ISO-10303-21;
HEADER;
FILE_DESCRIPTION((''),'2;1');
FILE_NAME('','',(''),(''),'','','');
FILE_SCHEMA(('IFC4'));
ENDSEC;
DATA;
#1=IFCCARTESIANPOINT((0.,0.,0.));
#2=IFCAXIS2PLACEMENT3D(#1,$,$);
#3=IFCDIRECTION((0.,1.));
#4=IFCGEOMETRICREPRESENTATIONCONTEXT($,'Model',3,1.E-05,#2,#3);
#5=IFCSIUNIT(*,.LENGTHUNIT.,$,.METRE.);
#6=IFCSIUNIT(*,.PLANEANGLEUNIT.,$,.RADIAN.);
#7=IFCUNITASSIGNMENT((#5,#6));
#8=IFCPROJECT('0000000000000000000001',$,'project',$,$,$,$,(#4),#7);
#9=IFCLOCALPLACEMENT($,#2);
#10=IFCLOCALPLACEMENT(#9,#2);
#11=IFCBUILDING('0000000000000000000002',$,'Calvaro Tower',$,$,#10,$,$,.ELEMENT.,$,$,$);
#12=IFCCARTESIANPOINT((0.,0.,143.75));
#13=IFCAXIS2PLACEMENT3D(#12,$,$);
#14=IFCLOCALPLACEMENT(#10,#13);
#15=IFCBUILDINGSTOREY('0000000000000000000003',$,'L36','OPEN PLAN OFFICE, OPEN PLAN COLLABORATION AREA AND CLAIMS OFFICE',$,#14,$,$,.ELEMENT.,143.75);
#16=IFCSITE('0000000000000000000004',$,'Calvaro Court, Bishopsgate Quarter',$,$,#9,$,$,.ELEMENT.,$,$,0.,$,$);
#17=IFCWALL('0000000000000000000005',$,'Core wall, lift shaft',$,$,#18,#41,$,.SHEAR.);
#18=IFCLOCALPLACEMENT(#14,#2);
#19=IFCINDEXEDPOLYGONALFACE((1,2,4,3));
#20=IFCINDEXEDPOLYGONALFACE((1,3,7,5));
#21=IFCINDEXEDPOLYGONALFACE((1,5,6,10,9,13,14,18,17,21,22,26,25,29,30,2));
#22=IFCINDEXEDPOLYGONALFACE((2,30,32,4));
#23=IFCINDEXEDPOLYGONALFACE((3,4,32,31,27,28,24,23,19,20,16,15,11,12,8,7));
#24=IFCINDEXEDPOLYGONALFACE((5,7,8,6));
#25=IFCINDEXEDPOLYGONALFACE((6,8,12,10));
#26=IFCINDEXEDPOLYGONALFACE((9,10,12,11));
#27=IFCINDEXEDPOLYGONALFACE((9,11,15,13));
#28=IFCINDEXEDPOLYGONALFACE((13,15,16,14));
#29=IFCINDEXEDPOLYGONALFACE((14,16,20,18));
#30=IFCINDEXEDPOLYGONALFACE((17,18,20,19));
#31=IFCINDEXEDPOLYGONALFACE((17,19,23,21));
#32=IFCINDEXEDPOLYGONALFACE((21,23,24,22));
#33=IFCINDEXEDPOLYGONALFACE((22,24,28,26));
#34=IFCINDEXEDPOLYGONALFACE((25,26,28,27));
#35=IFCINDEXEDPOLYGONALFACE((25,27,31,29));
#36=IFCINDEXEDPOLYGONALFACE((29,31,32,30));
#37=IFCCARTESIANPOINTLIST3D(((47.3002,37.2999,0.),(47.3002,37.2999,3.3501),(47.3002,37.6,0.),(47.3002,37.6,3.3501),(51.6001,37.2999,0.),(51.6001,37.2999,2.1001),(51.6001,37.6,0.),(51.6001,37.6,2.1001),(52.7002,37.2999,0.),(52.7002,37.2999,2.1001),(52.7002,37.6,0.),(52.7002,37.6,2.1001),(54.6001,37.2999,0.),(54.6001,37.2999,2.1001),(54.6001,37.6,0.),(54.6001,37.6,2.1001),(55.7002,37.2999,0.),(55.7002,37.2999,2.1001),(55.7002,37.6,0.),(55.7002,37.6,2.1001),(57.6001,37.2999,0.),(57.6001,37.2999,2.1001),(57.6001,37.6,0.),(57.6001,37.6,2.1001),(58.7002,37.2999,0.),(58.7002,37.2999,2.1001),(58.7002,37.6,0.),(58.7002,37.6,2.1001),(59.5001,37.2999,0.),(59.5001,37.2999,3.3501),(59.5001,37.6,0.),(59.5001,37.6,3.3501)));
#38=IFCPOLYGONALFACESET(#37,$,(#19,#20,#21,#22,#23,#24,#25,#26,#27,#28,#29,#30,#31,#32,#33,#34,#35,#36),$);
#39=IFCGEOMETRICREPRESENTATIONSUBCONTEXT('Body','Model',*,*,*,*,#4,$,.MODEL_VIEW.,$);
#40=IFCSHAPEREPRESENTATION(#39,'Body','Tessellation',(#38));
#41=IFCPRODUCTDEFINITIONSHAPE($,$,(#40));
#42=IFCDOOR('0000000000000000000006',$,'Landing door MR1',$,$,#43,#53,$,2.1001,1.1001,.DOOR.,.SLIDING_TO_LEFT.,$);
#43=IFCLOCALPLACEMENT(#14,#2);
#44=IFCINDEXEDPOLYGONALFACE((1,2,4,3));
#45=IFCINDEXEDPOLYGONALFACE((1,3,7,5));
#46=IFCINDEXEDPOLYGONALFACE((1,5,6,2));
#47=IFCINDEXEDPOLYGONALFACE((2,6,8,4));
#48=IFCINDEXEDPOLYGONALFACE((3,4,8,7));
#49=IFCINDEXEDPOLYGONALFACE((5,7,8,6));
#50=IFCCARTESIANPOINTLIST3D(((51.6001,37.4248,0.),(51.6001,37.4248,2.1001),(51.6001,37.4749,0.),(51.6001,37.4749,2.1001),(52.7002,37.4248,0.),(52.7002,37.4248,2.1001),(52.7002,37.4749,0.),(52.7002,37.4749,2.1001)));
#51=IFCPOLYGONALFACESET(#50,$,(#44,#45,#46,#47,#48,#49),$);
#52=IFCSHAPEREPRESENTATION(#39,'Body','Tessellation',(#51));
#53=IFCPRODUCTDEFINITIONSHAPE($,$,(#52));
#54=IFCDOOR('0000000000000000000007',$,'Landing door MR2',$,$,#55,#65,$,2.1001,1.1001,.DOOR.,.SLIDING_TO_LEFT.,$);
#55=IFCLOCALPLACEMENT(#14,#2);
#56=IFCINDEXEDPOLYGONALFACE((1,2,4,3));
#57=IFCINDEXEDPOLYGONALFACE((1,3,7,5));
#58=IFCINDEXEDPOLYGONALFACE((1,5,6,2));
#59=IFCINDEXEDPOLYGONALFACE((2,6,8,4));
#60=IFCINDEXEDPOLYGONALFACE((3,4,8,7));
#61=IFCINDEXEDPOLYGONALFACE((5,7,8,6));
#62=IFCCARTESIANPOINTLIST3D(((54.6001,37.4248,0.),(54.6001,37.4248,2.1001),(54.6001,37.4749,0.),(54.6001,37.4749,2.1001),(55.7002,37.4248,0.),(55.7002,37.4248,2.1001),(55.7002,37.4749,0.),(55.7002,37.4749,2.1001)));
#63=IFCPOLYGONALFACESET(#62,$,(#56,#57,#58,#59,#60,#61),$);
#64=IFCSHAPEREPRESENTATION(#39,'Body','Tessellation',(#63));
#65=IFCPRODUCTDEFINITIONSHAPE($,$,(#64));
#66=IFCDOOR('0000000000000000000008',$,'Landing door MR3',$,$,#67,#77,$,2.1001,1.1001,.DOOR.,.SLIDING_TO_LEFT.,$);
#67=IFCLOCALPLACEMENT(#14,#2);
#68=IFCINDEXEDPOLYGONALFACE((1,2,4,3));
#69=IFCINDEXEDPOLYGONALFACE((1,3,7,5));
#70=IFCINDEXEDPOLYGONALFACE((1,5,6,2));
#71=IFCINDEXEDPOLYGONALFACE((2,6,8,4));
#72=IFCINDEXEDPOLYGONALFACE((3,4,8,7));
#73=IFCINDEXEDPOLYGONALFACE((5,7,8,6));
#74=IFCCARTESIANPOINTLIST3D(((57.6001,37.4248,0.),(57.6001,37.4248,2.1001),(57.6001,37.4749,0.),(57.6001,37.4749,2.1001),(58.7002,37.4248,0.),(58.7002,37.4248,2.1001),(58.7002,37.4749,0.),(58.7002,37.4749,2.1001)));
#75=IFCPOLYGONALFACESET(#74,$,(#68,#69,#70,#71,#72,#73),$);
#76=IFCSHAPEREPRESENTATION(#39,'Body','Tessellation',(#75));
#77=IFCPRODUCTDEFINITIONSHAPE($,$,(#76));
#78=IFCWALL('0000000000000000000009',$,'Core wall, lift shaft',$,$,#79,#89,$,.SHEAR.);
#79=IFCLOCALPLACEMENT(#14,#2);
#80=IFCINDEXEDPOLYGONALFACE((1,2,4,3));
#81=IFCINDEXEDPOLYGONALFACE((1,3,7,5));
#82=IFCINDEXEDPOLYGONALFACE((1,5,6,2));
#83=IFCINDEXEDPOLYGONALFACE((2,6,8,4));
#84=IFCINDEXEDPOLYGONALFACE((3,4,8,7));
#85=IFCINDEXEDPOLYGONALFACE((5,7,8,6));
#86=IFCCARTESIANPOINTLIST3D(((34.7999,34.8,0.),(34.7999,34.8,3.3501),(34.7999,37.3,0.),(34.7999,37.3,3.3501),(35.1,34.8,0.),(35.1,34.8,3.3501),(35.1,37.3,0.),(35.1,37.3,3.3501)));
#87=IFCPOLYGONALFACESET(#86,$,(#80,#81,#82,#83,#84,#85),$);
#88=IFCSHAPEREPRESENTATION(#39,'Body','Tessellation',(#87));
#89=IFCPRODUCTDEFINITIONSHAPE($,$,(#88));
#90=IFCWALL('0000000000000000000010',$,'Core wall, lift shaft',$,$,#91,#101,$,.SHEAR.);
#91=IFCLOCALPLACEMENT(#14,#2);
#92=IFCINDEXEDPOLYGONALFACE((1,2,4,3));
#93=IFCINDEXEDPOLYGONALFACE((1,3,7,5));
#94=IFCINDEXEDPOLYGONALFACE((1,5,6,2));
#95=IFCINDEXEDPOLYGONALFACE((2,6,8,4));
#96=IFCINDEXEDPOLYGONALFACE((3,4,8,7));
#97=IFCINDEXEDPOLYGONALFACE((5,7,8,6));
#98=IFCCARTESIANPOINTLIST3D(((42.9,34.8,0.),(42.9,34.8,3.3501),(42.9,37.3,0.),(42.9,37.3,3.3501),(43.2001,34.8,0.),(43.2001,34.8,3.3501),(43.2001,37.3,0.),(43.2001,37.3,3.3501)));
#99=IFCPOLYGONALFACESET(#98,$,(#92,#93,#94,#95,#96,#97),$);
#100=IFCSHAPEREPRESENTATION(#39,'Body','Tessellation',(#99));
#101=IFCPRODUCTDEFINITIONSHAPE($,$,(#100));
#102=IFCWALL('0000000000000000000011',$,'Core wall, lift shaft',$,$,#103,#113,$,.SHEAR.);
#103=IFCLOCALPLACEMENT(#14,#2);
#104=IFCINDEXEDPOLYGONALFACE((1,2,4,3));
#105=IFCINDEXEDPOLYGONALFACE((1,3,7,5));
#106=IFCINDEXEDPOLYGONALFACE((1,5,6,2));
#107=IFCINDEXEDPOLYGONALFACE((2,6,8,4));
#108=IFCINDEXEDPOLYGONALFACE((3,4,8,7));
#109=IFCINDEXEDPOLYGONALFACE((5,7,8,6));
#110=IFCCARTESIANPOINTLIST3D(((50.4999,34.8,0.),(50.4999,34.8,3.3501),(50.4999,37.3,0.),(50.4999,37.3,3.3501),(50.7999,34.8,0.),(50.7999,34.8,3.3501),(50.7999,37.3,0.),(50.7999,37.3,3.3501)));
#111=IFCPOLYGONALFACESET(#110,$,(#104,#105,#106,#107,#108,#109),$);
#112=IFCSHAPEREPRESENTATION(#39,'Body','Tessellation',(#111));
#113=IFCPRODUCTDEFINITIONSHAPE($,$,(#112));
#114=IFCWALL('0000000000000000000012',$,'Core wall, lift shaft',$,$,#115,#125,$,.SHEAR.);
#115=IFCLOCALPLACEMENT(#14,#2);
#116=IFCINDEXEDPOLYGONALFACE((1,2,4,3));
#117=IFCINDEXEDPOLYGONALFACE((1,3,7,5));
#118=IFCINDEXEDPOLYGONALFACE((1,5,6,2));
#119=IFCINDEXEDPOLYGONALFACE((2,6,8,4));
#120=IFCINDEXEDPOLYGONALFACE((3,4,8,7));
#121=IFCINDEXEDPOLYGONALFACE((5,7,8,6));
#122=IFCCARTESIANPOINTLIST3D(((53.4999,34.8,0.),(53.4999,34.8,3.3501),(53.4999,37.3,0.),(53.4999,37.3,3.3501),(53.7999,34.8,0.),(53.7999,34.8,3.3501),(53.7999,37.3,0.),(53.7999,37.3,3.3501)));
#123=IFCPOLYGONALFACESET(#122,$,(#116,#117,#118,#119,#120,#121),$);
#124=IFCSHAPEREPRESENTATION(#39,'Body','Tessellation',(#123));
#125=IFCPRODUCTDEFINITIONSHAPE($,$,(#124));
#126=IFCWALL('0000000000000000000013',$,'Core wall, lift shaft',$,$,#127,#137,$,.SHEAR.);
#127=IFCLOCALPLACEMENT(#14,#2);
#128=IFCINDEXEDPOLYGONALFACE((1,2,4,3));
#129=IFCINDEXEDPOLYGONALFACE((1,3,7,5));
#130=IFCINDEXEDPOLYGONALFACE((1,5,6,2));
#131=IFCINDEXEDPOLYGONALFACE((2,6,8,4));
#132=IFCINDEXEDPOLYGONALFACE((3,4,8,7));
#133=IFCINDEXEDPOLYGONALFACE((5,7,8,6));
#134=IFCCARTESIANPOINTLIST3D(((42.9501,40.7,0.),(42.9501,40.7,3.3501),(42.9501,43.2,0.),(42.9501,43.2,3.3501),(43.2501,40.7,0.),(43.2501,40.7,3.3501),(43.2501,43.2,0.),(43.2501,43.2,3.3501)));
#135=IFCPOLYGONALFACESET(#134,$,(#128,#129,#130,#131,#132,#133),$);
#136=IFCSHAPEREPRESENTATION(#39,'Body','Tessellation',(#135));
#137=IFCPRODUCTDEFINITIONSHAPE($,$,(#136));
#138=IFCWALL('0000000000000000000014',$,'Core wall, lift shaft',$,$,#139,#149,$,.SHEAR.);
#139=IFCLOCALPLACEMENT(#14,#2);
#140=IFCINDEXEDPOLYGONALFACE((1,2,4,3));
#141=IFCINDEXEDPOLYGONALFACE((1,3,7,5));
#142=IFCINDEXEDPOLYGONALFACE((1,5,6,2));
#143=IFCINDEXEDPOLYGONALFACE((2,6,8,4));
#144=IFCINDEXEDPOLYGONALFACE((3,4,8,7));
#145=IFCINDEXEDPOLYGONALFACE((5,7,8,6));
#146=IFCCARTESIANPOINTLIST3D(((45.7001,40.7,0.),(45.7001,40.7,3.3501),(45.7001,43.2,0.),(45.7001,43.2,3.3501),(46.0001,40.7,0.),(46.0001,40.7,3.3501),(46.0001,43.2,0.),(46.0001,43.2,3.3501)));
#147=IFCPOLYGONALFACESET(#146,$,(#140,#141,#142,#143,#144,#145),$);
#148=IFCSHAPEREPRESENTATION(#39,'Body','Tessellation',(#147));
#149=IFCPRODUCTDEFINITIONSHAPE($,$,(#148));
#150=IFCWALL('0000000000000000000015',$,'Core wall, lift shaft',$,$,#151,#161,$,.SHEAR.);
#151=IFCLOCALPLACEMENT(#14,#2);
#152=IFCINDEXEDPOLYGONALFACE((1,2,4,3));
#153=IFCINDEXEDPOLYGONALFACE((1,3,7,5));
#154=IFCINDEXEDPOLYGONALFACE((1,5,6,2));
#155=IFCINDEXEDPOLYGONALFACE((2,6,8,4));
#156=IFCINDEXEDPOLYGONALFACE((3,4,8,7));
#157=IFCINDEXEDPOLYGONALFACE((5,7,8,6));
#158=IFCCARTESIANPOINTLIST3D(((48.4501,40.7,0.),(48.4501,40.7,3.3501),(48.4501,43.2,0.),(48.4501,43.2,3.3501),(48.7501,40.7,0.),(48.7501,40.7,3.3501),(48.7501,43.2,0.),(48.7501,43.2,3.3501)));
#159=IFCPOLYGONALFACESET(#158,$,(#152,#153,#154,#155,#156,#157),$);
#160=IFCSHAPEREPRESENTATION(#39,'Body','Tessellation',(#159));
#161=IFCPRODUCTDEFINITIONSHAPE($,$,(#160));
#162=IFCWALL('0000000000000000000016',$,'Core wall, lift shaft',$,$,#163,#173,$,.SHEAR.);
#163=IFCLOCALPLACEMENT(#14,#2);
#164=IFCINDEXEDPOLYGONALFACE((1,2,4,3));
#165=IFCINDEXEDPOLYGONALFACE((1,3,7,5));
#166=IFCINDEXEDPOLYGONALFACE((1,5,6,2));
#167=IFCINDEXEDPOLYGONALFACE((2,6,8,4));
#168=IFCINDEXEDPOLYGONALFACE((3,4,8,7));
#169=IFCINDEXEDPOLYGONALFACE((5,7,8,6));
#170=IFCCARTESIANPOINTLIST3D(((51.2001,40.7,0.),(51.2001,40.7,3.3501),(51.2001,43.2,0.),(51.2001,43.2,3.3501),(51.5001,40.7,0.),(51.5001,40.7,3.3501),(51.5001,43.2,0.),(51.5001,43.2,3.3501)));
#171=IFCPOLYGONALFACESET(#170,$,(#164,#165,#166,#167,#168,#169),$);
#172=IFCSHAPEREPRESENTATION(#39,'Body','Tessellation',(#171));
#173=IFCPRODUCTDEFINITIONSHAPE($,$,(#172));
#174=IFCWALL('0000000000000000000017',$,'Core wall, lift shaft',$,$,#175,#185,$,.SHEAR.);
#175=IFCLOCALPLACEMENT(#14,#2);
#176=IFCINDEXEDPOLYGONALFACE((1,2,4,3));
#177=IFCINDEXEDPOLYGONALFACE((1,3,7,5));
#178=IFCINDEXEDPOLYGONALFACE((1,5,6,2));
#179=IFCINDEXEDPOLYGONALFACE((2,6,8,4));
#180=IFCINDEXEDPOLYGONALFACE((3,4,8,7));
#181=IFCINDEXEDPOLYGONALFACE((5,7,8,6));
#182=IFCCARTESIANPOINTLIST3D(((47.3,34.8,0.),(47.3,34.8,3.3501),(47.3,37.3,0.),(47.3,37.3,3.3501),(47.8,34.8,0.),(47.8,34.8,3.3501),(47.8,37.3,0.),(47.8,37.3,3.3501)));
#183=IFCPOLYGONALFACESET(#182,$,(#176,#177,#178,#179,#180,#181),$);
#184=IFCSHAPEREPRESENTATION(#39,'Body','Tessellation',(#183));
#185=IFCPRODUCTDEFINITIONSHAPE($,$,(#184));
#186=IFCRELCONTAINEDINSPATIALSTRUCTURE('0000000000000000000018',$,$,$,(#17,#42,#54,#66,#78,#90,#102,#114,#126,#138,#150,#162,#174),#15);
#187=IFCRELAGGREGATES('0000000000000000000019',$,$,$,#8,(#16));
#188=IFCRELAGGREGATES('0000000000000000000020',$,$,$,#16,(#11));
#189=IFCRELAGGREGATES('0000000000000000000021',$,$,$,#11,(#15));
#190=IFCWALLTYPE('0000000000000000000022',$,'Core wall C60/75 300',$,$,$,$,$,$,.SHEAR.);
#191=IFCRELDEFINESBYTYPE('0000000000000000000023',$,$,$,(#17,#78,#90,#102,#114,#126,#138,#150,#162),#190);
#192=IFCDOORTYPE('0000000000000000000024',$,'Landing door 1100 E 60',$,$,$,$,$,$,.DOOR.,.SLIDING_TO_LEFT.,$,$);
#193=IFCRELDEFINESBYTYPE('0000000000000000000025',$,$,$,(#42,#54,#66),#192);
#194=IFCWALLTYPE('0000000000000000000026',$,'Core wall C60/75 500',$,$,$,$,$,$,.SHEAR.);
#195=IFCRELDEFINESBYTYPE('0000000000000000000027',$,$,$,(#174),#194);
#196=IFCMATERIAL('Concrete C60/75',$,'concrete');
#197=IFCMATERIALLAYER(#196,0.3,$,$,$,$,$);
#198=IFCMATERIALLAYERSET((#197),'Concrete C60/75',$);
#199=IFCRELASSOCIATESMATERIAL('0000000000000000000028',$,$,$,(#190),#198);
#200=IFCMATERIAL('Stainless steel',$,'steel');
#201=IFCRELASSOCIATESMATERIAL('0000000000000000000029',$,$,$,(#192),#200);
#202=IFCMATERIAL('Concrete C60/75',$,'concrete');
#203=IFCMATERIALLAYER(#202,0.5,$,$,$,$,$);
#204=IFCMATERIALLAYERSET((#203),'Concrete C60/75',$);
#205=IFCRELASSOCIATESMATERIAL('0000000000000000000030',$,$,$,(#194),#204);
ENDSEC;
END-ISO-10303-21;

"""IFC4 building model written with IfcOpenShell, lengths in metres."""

from ifc_helpers import new_model, si_unit, direction, frame, frame_2d, origin, place, context, subcontext, project, spatial, rectangle, extrude, material, layer, layer_set, type_object, element, fill, save


model = new_model("IFC4")

# Units and contexts
model_context = context("Model", 3, precision=1e-05, world=origin(), true_north=direction((0.0, 1.0)))
body_context = subcontext(model_context, "Body", "Model", "MODEL_VIEW")
ifc_project = project(units=[si_unit("LENGTHUNIT", "METRE"), si_unit("PLANEANGLEUNIT", "RADIAN")], contexts=[model_context])

# Site, building, storey
site_placement = place(None, origin())
site = spatial("IfcSite", under=ifc_project, at=site_placement, Name="Calvaro Court, Bishopsgate Quarter", CompositionType="ELEMENT", RefElevation=0.0)
building_placement = place(site_placement, origin())
building = spatial("IfcBuilding", under=site, at=building_placement, Name="Calvaro Tower", CompositionType="ELEMENT")
storey_placement = place(building_placement, frame((0.0, 0.0, 143.75)))
storey = spatial("IfcBuildingStorey", under=building, at=storey_placement, Name="L36", Description="OPEN PLAN OFFICE, OPEN PLAN COLLABORATION AREA AND CLAIMS OFFICE", CompositionType="ELEMENT", Elevation=143.75)

# Shared definitions
ifc_material_1 = material(Name="Concrete C60/75", Category="concrete")
ifc_layer_1 = layer(ifc_material_1, 0.3)
ifc_layer_set_1 = layer_set([ifc_layer_1], Name="Concrete C60/75")
wall_type_1 = type_object("IfcWallType", Name="Core wall C60/75 300", PredefinedType="SHEAR", material=ifc_layer_set_1)

# Shared definitions
ifc_material_2 = material(Name="Stainless steel", Category="steel")
door_type_1 = type_object("IfcDoorType", Name="Landing door 1100 E 60", OperationType="SLIDING_TO_LEFT", PredefinedType="DOOR", material=ifc_material_2)

# Wall, openings, doors
wall_1_placement = place(storey_placement, frame((47.3, 37.45, 0.0), z_axis=(0.0, 0.0, 1.0), x_axis=(1.0, 0.0, 0.0)))
wall_1 = element("IfcWall", 1, at=wall_1_placement, inside=storey, type_object=wall_type_1, Name="Core wall, lift shaft", PredefinedType="SHEAR", context=body_context, shape_type="SweptSolid", body=[
    extrude(rectangle(XDim=12.2, YDim=0.3, at=frame_2d((6.1001, 0.0))), origin(), (0.0, 0.0, 1.0), 3.3501),
])
opening_1_placement = place(wall_1_placement, frame((4.3, 0.0, 0.0)))
opening_1 = element("IfcOpeningElement", 2, at=opening_1_placement, cuts=wall_1, PredefinedType="OPENING", context=body_context, shape_type="SweptSolid", body=[
    extrude(rectangle(XDim=1.1001, YDim=2.1001, at=frame_2d((0.55, 1.05))), frame((0.0, 0.1599, 0.0), z_axis=(0.0, -1.0, 0.0), x_axis=(1.0, 0.0, 0.0)), (0.0, 0.0, 1.0), 0.3201),
])
opening_2_placement = place(wall_1_placement, frame((7.3, 0.0, 0.0)))
opening_2 = element("IfcOpeningElement", 3, at=opening_2_placement, cuts=wall_1, PredefinedType="OPENING", context=body_context, shape_type="SweptSolid", body=[
    extrude(rectangle(XDim=1.1001, YDim=2.1001, at=frame_2d((0.55, 1.05))), frame((0.0, 0.1599, 0.0), z_axis=(0.0, -1.0, 0.0), x_axis=(1.0, 0.0, 0.0)), (0.0, 0.0, 1.0), 0.3201),
])
opening_3_placement = place(wall_1_placement, frame((10.3, 0.0, 0.0)))
opening_3 = element("IfcOpeningElement", 4, at=opening_3_placement, cuts=wall_1, PredefinedType="OPENING", context=body_context, shape_type="SweptSolid", body=[
    extrude(rectangle(XDim=1.1001, YDim=2.1001, at=frame_2d((0.55, 1.05))), frame((0.0, 0.1599, 0.0), z_axis=(0.0, -1.0, 0.0), x_axis=(1.0, 0.0, 0.0)), (0.0, 0.0, 1.0), 0.3201),
])
door_1_placement = place(opening_1_placement, origin())
door_1 = element("IfcDoor", 5, at=door_1_placement, inside=storey, type_object=door_type_1, Name="Landing door MR1", OperationType="SLIDING_TO_LEFT", OverallHeight=2.1001, OverallWidth=1.1001, PredefinedType="DOOR", context=body_context, shape_type="SweptSolid", body=[
    extrude(rectangle(XDim=1.1001, YDim=2.1001, at=frame_2d((0.55, 1.05))), frame((0.0, 0.0249, 0.0), z_axis=(0.0, -1.0, 0.0), x_axis=(1.0, 0.0, 0.0)), (0.0, 0.0, 1.0), 0.05),
])
fill(opening_1, door_1)
door_2_placement = place(opening_2_placement, origin())
door_2 = element("IfcDoor", 6, at=door_2_placement, inside=storey, type_object=door_type_1, Name="Landing door MR2", OperationType="SLIDING_TO_LEFT", OverallHeight=2.1001, OverallWidth=1.1001, PredefinedType="DOOR", context=body_context, shape_type="SweptSolid", body=[
    extrude(rectangle(XDim=1.1001, YDim=2.1001, at=frame_2d((0.55, 1.05))), frame((0.0, 0.0249, 0.0), z_axis=(0.0, -1.0, 0.0), x_axis=(1.0, 0.0, 0.0)), (0.0, 0.0, 1.0), 0.05),
])
fill(opening_2, door_2)
door_3_placement = place(opening_3_placement, origin())
door_3 = element("IfcDoor", 7, at=door_3_placement, inside=storey, type_object=door_type_1, Name="Landing door MR3", OperationType="SLIDING_TO_LEFT", OverallHeight=2.1001, OverallWidth=1.1001, PredefinedType="DOOR", context=body_context, shape_type="SweptSolid", body=[
    extrude(rectangle(XDim=1.1001, YDim=2.1001, at=frame_2d((0.55, 1.05))), frame((0.0, 0.0249, 0.0), z_axis=(0.0, -1.0, 0.0), x_axis=(1.0, 0.0, 0.0)), (0.0, 0.0, 1.0), 0.05),
])
fill(opening_3, door_3)

# Walls
for number, where, z_axis, x_axis, name in (
    (8, (34.95, 34.8, 0.0), (0.0, 0.0, 1.0), (0.0, 1.0, 0.0), "Core wall, lift shaft"),
    (9, (43.05, 34.8, 0.0), (0.0, 0.0, 1.0), (0.0, 1.0, 0.0), "Core wall, lift shaft"),
    (10, (50.6499, 34.8, 0.0), (0.0, 0.0, 1.0), (0.0, 1.0, 0.0), "Core wall, lift shaft"),
    (11, (53.6499, 34.8, 0.0), (0.0, 0.0, 1.0), (0.0, 1.0, 0.0), "Core wall, lift shaft"),
    (12, (43.1001, 40.7, 0.0), (0.0, 0.0, 1.0), (0.0, 1.0, 0.0), "Core wall, lift shaft"),
    (13, (45.8501, 40.7, 0.0), (0.0, 0.0, 1.0), (0.0, 1.0, 0.0), "Core wall, lift shaft"),
    (14, (48.6001, 40.7, 0.0), (0.0, 0.0, 1.0), (0.0, 1.0, 0.0), "Core wall, lift shaft"),
    (15, (51.3501, 40.7, 0.0), (0.0, 0.0, 1.0), (0.0, 1.0, 0.0), "Core wall, lift shaft"),
):
    element("IfcWall", number, at=place(storey_placement, frame(where, z_axis=z_axis, x_axis=x_axis)), inside=storey, type_object=wall_type_1, Name=name, PredefinedType="SHEAR", context=body_context, shape_type="SweptSolid", body=[
        extrude(rectangle(XDim=2.5, YDim=0.3, at=frame_2d((1.25, 0.0))), origin(), (0.0, 0.0, 1.0), 3.3501),
    ])
ifc_material_3 = material(Name="Concrete C60/75", Category="concrete")
ifc_layer_2 = layer(ifc_material_3, 0.5)
ifc_layer_set_2 = layer_set([ifc_layer_2], Name="Concrete C60/75")
wall_type_2 = type_object("IfcWallType", Name="Core wall C60/75 500", PredefinedType="SHEAR", material=ifc_layer_set_2)
wall_2_placement = place(storey_placement, frame((47.55, 34.8, 0.0), z_axis=(0.0, 0.0, 1.0), x_axis=(0.0, 1.0, 0.0)))
element("IfcWall", 16, at=wall_2_placement, inside=storey, type_object=wall_type_2, Name="Core wall, lift shaft", PredefinedType="SHEAR", context=body_context, shape_type="SweptSolid", body=[
    extrude(rectangle(XDim=2.5, YDim=0.5, at=frame_2d((1.25, 0.0))), origin(), (0.0, 0.0, 1.0), 3.3501),
])

save(model, "model.ifc")
